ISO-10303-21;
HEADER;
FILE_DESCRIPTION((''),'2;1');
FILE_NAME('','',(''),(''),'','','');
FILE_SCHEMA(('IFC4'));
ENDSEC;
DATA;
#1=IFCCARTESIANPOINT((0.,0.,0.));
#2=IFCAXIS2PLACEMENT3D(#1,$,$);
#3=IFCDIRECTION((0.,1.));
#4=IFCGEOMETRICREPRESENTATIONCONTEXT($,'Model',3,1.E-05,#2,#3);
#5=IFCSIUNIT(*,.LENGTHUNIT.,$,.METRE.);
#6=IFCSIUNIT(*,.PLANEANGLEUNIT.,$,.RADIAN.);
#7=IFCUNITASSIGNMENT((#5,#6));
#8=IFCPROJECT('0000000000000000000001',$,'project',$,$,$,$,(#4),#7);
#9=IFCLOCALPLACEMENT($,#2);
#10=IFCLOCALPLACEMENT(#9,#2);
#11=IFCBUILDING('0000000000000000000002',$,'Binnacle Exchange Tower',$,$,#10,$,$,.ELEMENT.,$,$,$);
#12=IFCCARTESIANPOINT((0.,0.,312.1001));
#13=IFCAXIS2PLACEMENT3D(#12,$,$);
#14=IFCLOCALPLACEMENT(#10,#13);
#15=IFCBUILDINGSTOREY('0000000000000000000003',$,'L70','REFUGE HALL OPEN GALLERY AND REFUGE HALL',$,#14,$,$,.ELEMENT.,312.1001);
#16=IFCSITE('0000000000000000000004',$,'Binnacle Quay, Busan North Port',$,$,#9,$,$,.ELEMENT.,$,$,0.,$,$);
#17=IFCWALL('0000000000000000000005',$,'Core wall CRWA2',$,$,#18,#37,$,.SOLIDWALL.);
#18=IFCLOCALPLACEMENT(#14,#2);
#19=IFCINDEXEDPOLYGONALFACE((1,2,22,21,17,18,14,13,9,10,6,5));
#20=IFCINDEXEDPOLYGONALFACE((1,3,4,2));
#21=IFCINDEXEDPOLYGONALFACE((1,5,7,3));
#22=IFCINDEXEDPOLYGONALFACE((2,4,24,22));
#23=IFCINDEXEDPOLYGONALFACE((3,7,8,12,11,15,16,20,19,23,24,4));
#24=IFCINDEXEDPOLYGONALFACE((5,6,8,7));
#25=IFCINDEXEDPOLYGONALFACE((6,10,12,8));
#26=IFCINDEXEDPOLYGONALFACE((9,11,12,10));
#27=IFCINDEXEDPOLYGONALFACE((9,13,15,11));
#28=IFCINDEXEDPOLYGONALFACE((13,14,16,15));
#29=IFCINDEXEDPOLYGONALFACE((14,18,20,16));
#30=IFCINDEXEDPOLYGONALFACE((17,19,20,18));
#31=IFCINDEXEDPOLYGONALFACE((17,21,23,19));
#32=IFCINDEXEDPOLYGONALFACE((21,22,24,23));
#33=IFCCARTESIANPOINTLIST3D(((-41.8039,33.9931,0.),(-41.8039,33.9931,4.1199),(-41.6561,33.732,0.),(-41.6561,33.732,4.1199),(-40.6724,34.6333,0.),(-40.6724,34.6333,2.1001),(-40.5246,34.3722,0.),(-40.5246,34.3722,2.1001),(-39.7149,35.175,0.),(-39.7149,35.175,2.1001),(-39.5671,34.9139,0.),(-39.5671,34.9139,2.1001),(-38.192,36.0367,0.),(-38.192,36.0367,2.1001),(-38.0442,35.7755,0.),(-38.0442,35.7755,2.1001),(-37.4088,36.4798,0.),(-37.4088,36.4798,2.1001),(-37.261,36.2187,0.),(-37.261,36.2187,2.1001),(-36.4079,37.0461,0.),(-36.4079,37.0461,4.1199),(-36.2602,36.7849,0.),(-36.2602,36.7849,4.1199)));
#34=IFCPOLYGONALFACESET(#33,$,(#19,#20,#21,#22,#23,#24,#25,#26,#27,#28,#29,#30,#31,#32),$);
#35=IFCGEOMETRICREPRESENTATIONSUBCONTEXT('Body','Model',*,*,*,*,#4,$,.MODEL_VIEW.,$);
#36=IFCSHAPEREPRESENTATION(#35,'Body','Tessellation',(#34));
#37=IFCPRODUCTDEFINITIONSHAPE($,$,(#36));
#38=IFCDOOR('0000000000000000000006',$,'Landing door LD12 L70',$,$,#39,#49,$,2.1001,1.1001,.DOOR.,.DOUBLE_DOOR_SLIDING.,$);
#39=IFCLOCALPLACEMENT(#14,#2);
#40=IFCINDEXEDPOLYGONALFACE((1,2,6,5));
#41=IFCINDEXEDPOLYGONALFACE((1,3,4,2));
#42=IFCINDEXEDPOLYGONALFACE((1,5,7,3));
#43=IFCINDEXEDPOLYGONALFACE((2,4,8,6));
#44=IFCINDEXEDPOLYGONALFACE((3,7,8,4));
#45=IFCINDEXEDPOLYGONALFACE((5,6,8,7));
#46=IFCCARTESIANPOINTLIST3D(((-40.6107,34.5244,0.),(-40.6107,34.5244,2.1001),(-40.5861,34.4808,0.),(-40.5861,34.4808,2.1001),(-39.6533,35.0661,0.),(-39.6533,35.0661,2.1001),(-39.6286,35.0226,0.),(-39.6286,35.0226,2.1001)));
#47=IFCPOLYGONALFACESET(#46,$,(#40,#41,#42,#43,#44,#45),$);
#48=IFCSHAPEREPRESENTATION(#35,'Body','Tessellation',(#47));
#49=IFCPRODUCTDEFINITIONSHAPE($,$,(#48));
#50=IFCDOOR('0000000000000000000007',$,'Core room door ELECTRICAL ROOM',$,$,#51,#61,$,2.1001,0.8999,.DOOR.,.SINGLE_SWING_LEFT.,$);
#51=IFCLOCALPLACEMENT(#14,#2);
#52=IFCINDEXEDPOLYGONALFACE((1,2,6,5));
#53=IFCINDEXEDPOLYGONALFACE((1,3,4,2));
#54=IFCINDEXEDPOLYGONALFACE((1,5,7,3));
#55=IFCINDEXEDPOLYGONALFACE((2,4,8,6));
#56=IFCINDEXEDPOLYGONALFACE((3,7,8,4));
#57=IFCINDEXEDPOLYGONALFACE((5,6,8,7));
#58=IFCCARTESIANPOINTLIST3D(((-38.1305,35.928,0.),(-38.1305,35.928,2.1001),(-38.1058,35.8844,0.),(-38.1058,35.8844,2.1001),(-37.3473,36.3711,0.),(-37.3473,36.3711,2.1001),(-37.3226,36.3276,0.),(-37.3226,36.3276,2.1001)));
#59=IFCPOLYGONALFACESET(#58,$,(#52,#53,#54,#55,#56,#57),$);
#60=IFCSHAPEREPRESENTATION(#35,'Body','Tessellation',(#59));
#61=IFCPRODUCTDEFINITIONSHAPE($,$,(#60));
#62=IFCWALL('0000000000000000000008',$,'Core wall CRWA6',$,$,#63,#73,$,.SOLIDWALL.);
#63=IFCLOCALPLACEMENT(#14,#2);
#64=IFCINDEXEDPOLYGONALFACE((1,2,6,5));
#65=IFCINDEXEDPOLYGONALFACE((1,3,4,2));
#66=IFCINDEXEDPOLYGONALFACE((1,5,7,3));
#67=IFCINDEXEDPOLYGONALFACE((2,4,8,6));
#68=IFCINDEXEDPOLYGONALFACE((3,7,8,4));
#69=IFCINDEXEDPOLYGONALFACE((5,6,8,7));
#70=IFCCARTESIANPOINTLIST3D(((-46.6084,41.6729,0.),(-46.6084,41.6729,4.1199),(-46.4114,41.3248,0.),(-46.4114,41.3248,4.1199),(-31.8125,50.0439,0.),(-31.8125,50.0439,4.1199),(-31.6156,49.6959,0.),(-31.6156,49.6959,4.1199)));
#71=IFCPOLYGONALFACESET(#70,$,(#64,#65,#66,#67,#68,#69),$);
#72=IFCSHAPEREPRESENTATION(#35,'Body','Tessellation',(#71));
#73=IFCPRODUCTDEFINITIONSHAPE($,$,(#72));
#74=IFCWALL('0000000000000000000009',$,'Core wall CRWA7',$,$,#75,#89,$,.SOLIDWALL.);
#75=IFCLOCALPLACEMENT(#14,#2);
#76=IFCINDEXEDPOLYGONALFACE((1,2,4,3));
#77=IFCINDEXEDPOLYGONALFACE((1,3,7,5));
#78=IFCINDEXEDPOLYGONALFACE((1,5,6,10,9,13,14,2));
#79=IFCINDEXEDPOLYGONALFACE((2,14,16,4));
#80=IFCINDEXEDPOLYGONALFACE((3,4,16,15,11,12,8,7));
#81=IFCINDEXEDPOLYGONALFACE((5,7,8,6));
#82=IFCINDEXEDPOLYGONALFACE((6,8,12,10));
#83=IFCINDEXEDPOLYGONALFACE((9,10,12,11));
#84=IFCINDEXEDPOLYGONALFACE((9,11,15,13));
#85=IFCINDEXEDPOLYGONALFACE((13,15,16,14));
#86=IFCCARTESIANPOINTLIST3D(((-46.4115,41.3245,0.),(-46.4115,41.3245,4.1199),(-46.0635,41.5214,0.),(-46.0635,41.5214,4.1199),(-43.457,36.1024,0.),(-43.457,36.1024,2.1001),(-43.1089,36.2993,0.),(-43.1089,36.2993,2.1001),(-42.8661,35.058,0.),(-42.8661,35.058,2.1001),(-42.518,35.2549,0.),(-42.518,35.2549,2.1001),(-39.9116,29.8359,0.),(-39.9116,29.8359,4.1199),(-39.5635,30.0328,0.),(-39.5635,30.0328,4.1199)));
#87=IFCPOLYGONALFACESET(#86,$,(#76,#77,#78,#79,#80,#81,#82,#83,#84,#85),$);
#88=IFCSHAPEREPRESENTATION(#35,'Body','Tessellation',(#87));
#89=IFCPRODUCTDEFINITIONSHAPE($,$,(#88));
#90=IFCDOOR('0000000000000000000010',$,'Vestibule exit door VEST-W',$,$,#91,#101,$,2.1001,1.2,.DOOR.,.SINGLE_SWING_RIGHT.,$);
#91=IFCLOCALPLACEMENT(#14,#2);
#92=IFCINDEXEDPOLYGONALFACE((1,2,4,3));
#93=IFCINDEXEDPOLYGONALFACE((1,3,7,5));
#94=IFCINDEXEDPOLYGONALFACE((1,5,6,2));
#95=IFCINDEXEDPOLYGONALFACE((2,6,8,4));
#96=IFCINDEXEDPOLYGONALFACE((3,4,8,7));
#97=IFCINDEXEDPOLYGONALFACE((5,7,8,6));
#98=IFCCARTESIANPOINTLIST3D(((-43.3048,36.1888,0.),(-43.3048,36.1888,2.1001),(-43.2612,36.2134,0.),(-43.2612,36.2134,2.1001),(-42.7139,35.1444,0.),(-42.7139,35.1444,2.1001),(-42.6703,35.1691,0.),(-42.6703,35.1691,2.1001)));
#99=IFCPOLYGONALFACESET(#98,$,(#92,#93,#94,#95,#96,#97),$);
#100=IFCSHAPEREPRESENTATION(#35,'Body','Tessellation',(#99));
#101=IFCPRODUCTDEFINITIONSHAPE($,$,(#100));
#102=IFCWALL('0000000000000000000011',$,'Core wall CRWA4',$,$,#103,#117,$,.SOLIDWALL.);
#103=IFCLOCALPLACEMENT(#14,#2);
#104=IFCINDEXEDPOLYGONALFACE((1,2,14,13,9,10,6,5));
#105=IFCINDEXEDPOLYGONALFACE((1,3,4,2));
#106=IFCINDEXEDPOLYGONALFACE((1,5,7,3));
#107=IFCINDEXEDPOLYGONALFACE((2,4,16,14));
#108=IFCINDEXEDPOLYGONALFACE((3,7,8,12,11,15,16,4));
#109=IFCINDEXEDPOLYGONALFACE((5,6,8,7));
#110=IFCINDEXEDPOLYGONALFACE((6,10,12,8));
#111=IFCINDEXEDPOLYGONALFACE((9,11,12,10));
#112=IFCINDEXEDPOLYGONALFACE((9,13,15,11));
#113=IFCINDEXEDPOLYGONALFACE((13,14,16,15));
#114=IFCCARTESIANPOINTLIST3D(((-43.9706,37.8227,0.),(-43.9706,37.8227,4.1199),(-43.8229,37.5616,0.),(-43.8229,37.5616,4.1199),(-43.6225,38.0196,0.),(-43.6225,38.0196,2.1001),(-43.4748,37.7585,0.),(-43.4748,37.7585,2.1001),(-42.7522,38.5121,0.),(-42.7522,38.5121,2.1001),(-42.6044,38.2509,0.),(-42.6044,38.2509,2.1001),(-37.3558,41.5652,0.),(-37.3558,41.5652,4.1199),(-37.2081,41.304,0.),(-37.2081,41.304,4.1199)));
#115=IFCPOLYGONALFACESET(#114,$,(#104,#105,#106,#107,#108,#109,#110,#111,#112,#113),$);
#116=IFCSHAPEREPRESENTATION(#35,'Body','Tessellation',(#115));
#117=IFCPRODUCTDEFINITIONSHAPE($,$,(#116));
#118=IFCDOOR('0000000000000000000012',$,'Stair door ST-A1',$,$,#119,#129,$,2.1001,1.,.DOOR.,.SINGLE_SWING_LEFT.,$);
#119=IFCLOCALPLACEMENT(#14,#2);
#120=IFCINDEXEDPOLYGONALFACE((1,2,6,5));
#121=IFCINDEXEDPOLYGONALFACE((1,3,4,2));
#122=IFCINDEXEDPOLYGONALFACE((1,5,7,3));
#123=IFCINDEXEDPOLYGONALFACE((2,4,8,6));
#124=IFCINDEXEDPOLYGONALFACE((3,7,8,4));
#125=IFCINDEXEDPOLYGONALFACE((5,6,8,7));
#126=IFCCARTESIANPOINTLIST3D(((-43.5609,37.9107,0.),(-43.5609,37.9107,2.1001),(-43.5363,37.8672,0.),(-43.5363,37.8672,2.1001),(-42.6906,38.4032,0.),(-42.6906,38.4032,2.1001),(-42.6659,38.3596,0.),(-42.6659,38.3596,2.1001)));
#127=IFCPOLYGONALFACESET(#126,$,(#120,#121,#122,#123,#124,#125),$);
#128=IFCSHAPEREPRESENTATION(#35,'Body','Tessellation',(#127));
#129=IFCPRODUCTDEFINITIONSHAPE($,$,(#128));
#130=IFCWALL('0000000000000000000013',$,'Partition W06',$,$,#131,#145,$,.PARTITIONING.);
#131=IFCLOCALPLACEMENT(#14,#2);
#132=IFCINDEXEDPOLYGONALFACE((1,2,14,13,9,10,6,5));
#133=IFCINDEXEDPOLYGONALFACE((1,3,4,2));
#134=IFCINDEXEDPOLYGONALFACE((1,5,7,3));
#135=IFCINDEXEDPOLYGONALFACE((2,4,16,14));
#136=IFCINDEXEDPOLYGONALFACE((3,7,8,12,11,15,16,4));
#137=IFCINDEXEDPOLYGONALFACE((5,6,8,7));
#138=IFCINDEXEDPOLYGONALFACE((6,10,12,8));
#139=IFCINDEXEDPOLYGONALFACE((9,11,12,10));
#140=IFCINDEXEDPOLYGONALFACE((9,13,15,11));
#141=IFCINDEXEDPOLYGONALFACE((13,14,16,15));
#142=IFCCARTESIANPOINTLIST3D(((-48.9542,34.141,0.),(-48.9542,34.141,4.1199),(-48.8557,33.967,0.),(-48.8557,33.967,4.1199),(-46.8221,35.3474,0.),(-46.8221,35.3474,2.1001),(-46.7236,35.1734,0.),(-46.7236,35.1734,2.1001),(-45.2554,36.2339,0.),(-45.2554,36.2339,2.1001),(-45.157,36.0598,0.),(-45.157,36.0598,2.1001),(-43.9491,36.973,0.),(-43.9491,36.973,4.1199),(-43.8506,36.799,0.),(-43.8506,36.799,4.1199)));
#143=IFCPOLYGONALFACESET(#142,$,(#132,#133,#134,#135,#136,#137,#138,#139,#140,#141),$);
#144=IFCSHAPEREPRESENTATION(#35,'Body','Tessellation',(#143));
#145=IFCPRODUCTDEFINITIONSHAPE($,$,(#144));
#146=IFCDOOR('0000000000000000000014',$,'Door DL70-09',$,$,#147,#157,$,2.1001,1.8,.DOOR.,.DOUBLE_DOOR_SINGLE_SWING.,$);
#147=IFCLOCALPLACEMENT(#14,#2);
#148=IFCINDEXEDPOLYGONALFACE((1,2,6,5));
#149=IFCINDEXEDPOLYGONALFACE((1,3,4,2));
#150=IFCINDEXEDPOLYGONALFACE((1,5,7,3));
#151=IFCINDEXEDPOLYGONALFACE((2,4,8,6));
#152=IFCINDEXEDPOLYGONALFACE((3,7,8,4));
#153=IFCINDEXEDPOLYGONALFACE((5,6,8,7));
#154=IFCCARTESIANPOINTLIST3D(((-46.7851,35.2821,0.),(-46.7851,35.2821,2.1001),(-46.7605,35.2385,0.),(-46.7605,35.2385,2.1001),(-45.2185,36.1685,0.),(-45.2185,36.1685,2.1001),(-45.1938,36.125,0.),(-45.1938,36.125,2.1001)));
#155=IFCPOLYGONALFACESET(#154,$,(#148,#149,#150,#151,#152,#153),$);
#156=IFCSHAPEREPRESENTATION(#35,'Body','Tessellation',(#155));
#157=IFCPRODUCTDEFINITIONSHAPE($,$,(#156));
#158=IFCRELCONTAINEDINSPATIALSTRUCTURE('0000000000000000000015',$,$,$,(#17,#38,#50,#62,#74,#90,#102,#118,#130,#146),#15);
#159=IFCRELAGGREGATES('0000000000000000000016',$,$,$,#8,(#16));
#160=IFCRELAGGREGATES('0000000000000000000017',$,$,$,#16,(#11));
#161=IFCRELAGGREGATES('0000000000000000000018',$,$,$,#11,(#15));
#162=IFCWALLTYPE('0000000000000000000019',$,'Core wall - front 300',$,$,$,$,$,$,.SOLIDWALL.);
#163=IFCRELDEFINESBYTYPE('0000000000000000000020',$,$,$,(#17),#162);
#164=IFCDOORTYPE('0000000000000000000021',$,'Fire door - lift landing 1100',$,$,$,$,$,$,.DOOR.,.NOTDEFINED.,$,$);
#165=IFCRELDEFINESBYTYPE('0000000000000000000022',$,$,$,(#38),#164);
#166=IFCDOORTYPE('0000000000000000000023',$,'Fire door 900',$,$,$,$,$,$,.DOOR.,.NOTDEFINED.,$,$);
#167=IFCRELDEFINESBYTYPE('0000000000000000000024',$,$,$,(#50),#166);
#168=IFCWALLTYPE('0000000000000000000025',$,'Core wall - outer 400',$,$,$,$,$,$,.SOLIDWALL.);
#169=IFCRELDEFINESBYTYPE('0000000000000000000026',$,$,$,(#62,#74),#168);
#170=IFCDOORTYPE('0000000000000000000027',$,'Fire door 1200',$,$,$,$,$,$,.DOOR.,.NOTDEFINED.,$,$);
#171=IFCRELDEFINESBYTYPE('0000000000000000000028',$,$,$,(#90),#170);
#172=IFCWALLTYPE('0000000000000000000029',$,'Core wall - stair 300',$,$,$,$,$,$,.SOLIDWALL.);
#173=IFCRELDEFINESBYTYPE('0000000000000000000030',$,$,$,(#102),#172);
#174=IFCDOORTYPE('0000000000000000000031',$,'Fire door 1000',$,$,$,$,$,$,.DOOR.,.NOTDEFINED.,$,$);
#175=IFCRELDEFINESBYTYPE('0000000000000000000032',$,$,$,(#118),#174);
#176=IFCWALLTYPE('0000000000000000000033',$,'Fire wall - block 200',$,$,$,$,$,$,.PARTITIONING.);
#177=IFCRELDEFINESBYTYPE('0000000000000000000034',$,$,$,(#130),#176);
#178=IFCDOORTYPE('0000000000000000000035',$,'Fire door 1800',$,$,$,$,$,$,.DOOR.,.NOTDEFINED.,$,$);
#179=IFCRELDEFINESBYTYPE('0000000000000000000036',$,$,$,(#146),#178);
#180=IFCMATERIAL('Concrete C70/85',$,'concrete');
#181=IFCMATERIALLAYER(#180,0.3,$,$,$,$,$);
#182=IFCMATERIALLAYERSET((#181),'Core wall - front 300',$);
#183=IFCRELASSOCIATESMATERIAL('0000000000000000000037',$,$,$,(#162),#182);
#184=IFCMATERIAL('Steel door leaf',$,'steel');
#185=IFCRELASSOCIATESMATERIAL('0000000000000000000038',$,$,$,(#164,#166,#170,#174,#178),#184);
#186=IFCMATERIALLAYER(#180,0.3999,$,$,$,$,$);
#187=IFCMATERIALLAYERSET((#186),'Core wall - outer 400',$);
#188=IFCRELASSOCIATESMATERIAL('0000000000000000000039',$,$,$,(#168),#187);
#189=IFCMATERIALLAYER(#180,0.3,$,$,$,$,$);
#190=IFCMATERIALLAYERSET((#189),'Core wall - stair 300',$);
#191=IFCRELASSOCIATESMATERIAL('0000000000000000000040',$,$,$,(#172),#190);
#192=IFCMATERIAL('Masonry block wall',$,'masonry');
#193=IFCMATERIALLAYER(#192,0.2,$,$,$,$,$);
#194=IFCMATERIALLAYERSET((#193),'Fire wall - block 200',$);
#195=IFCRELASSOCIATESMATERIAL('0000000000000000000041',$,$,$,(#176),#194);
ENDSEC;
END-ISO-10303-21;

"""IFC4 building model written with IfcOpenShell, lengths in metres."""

from ifc_helpers import new_model, si_unit, direction, frame, frame_2d, origin, place, context, subcontext, project, spatial, rectangle, extrude, material, layer, layer_set, type_object, element, fill, save


model = new_model("IFC4")

# Units and contexts
model_context = context("Model", 3, precision=1e-05, world=origin(), true_north=direction((0.0, 1.0)))
body_context = subcontext(model_context, "Body", "Model", "MODEL_VIEW")
ifc_project = project(units=[si_unit("LENGTHUNIT", "METRE"), si_unit("PLANEANGLEUNIT", "RADIAN")], contexts=[model_context])

# Site, building, storey
site_placement = place(None, origin())
site = spatial("IfcSite", under=ifc_project, at=site_placement, Name="Binnacle Quay, Busan North Port", CompositionType="ELEMENT", RefElevation=0.0)
building_placement = place(site_placement, origin())
building = spatial("IfcBuilding", under=site, at=building_placement, Name="Binnacle Exchange Tower", CompositionType="ELEMENT")
storey_placement = place(building_placement, frame((0.0, 0.0, 312.1001)))
storey = spatial("IfcBuildingStorey", under=building, at=storey_placement, Name="L70", Description="REFUGE HALL OPEN GALLERY AND REFUGE HALL", CompositionType="ELEMENT", Elevation=312.1001)

# Wall, openings, doors
ifc_material_1 = material(Name="Concrete C70/85", Category="concrete")
ifc_layer_1 = layer(ifc_material_1, 0.3)
ifc_layer_set_1 = layer_set([ifc_layer_1], Name="Core wall - front 300")
wall_type_1 = type_object("IfcWallType", Name="Core wall - front 300", PredefinedType="SOLIDWALL", material=ifc_layer_set_1)
wall_1_placement = place(storey_placement, frame((-41.73, 33.8625, 0.0), z_axis=(0.0, 0.0, 1.0), x_axis=(0.870351, 0.492432, 0.0)))
wall_1 = element("IfcWall", 1, at=wall_1_placement, inside=storey, type_object=wall_type_1, Name="Core wall CRWA2", PredefinedType="SOLIDWALL", context=body_context, shape_type="SweptSolid", body=[
    extrude(rectangle(XDim=6.1997, YDim=0.3, at=frame_2d((3.0999, 0.0))), origin(), (0.0, 0.0, 1.0), 4.1199),
])
opening_1_placement = place(wall_1_placement, frame((1.3, 0.0, 0.0)))
opening_1 = element("IfcOpeningElement", 2, at=opening_1_placement, cuts=wall_1, PredefinedType="OPENING", context=body_context, shape_type="SweptSolid", body=[
    extrude(rectangle(XDim=1.1001, YDim=2.1001, at=frame_2d((0.55, 1.05))), frame((0.0, 0.1599, 0.0), z_axis=(0.0, -1.0, 0.0), x_axis=(1.0, 0.0, 0.0)), (0.0, 0.0, 1.0), 0.3201),
])
opening_2_placement = place(wall_1_placement, frame((4.1499, 0.0, 0.0)))
opening_2 = element("IfcOpeningElement", 3, at=opening_2_placement, cuts=wall_1, PredefinedType="OPENING", context=body_context, shape_type="SweptSolid", body=[
    extrude(rectangle(XDim=0.8999, YDim=2.1001, at=frame_2d((0.45, 1.05))), frame((0.0, 0.1599, 0.0), z_axis=(0.0, -1.0, 0.0), x_axis=(1.0, 0.0, 0.0)), (0.0, 0.0, 1.0), 0.3201),
])
ifc_material_2 = material(Name="Steel door leaf", Category="steel")
door_type_1 = type_object("IfcDoorType", Name="Fire door - lift landing 1100", OperationType="NOTDEFINED", PredefinedType="DOOR", material=ifc_material_2)
door_1_placement = place(opening_1_placement, origin())
door_1 = element("IfcDoor", 4, at=door_1_placement, inside=storey, type_object=door_type_1, Name="Landing door LD12 L70", OperationType="DOUBLE_DOOR_SLIDING", OverallHeight=2.1001, OverallWidth=1.1001, PredefinedType="DOOR", context=body_context, shape_type="SweptSolid", body=[
    extrude(rectangle(XDim=1.1001, YDim=2.1001, at=frame_2d((0.55, 1.05))), frame((0.0, 0.0249, 0.0), z_axis=(0.0, -1.0, 0.0), x_axis=(1.0, 0.0, 0.0)), (0.0, 0.0, 1.0), 0.05),
])
fill(opening_1, door_1)
door_type_2 = type_object("IfcDoorType", Name="Fire door 900", OperationType="NOTDEFINED", PredefinedType="DOOR", material=ifc_material_2)
door_2_placement = place(opening_2_placement, frame((0.8999, 0.0, 0.0), z_axis=(0.0, 0.0, 1.0), x_axis=(-1.0, 0.0, 0.0)))
door_2 = element("IfcDoor", 5, at=door_2_placement, inside=storey, type_object=door_type_2, Name="Core room door ELECTRICAL ROOM", OperationType="SINGLE_SWING_LEFT", OverallHeight=2.1001, OverallWidth=0.8999, PredefinedType="DOOR", context=body_context, shape_type="SweptSolid", body=[
    extrude(rectangle(XDim=0.8999, YDim=2.1001, at=frame_2d((0.45, 1.05))), frame((0.0, 0.0249, 0.0), z_axis=(0.0, -1.0, 0.0), x_axis=(1.0, 0.0, 0.0)), (0.0, 0.0, 1.0), 0.05),
])
fill(opening_2, door_2)

# Wall
ifc_layer_2 = layer(ifc_material_1, 0.3999)
ifc_layer_set_2 = layer_set([ifc_layer_2], Name="Core wall - outer 400")
wall_type_2 = type_object("IfcWallType", Name="Core wall - outer 400", PredefinedType="SOLIDWALL", material=ifc_layer_set_2)
wall_2_placement = place(storey_placement, frame((-46.51, 41.4988, 0.0), z_axis=(0.0, 0.0, 1.0), x_axis=(0.870356, 0.492423, 0.0)))
element("IfcWall", 6, at=wall_2_placement, inside=storey, type_object=wall_type_2, Name="Core wall CRWA6", PredefinedType="SOLIDWALL", context=body_context, shape_type="SweptSolid", body=[
    extrude(rectangle(XDim=16.9998, YDim=0.3999, at=frame_2d((8.5, 0.0))), origin(), (0.0, 0.0, 1.0), 4.1199),
])

# Walls, openings, doors
wall_3_placement = place(storey_placement, frame((-46.2375, 41.4231, 0.0), z_axis=(0.0, 0.0, 1.0), x_axis=(0.492422, -0.870357, 0.0)))
wall_3 = element("IfcWall", 7, at=wall_3_placement, inside=storey, type_object=wall_type_2, Name="Core wall CRWA7", PredefinedType="SOLIDWALL", context=body_context, shape_type="SweptSolid", body=[
    extrude(rectangle(XDim=13.2, YDim=0.3999, at=frame_2d((6.6001, 0.0))), origin(), (0.0, 0.0, 1.0), 4.1199),
])
opening_3_placement = place(wall_3_placement, frame((6.0, 0.0, 0.0)))
opening_3 = element("IfcOpeningElement", 8, at=opening_3_placement, cuts=wall_3, PredefinedType="OPENING", context=body_context, shape_type="SweptSolid", body=[
    extrude(rectangle(XDim=1.2, YDim=2.1001, at=frame_2d((0.6001, 1.05))), frame((0.0, 0.21, 0.0), z_axis=(0.0, -1.0, 0.0), x_axis=(1.0, 0.0, 0.0)), (0.0, 0.0, 1.0), 0.4199),
])
door_type_3 = type_object("IfcDoorType", Name="Fire door 1200", OperationType="NOTDEFINED", PredefinedType="DOOR", material=ifc_material_2)
door_3_placement = place(opening_3_placement, frame((1.2, 0.0, 0.0), z_axis=(0.0, 0.0, 1.0), x_axis=(-1.0, 0.0, 0.0)))
door_3 = element("IfcDoor", 9, at=door_3_placement, inside=storey, type_object=door_type_3, Name="Vestibule exit door VEST-W", OperationType="SINGLE_SWING_RIGHT", OverallHeight=2.1001, OverallWidth=1.2, PredefinedType="DOOR", context=body_context, shape_type="SweptSolid", body=[
    extrude(rectangle(XDim=1.2, YDim=2.1001, at=frame_2d((0.6001, 1.05))), frame((0.0, 0.0249, 0.0), z_axis=(0.0, -1.0, 0.0), x_axis=(1.0, 0.0, 0.0)), (0.0, 0.0, 1.0), 0.05),
])
fill(opening_3, door_3)
ifc_layer_3 = layer(ifc_material_1, 0.3)
ifc_layer_set_3 = layer_set([ifc_layer_3], Name="Core wall - stair 300")
wall_type_3 = type_object("IfcWallType", Name="Core wall - stair 300", PredefinedType="SOLIDWALL", material=ifc_layer_set_3)
wall_4_placement = place(storey_placement, frame((-43.8967, 37.6921, 0.0), z_axis=(0.0, 0.0, 1.0), x_axis=(0.870356, 0.492422, 0.0)))
wall_4 = element("IfcWall", 10, at=wall_4_placement, inside=storey, type_object=wall_type_3, Name="Core wall CRWA4", PredefinedType="SOLIDWALL", context=body_context, shape_type="SweptSolid", body=[
    extrude(rectangle(XDim=7.6001, YDim=0.3, at=frame_2d((3.8, 0.0))), origin(), (0.0, 0.0, 1.0), 4.1199),
])
opening_4_placement = place(wall_4_placement, frame((0.3999, 0.0, 0.0)))
opening_4 = element("IfcOpeningElement", 11, at=opening_4_placement, cuts=wall_4, PredefinedType="OPENING", context=body_context, shape_type="SweptSolid", body=[
    extrude(rectangle(XDim=1.0, YDim=2.1001, at=frame_2d((0.5, 1.05))), frame((0.0, 0.1599, 0.0), z_axis=(0.0, -1.0, 0.0), x_axis=(1.0, 0.0, 0.0)), (0.0, 0.0, 1.0), 0.3201),
])
door_type_4 = type_object("IfcDoorType", Name="Fire door 1000", OperationType="NOTDEFINED", PredefinedType="DOOR", material=ifc_material_2)
door_4_placement = place(opening_4_placement, origin())
door_4 = element("IfcDoor", 12, at=door_4_placement, inside=storey, type_object=door_type_4, Name="Stair door ST-A1", OperationType="SINGLE_SWING_LEFT", OverallHeight=2.1001, OverallWidth=1.0, PredefinedType="DOOR", context=body_context, shape_type="SweptSolid", body=[
    extrude(rectangle(XDim=1.0, YDim=2.1001, at=frame_2d((0.5, 1.05))), frame((0.0, 0.0249, 0.0), z_axis=(0.0, -1.0, 0.0), x_axis=(1.0, 0.0, 0.0)), (0.0, 0.0, 1.0), 0.05),
])
fill(opening_4, door_4)
ifc_material_3 = material(Name="Masonry block wall", Category="masonry")
ifc_layer_4 = layer(ifc_material_3, 0.2)
ifc_layer_set_4 = layer_set([ifc_layer_4], Name="Fire wall - block 200")
wall_type_4 = type_object("IfcWallType", Name="Fire wall - block 200", PredefinedType="PARTITIONING", material=ifc_layer_set_4)
wall_5_placement = place(storey_placement, frame((-48.905, 34.054, 0.0), z_axis=(0.0, 0.0, 1.0), x_axis=(0.870336, 0.492459, 0.0)))
wall_5 = element("IfcWall", 13, at=wall_5_placement, inside=storey, type_object=wall_type_4, Name="Partition W06", PredefinedType="PARTITIONING", context=body_context, shape_type="SweptSolid", body=[
    extrude(rectangle(XDim=5.7507, YDim=0.2, at=frame_2d((2.8755, 0.0))), origin(), (0.0, 0.0, 1.0), 4.1199),
])
opening_5_placement = place(wall_5_placement, frame((2.45, 0.0, 0.0)))
opening_5 = element("IfcOpeningElement", 14, at=opening_5_placement, cuts=wall_5, PredefinedType="OPENING", context=body_context, shape_type="SweptSolid", body=[
    extrude(rectangle(XDim=1.8, YDim=2.1001, at=frame_2d((0.8999, 1.05))), frame((0.0, 0.1099, 0.0), z_axis=(0.0, -1.0, 0.0), x_axis=(1.0, 0.0, 0.0)), (0.0, 0.0, 1.0), 0.22),
])
door_type_5 = type_object("IfcDoorType", Name="Fire door 1800", OperationType="NOTDEFINED", PredefinedType="DOOR", material=ifc_material_2)
door_5_placement = place(opening_5_placement, origin())
door_5 = element("IfcDoor", 15, at=door_5_placement, inside=storey, type_object=door_type_5, Name="Door DL70-09", OperationType="DOUBLE_DOOR_SINGLE_SWING", OverallHeight=2.1001, OverallWidth=1.8, PredefinedType="DOOR", context=body_context, shape_type="SweptSolid", body=[
    extrude(rectangle(XDim=1.8, YDim=2.1001, at=frame_2d((0.8999, 1.05))), frame((0.0, 0.0249, 0.0), z_axis=(0.0, -1.0, 0.0), x_axis=(1.0, 0.0, 0.0)), (0.0, 0.0, 1.0), 0.05),
])
fill(opening_5, door_5)

save(model, "model.ifc")
